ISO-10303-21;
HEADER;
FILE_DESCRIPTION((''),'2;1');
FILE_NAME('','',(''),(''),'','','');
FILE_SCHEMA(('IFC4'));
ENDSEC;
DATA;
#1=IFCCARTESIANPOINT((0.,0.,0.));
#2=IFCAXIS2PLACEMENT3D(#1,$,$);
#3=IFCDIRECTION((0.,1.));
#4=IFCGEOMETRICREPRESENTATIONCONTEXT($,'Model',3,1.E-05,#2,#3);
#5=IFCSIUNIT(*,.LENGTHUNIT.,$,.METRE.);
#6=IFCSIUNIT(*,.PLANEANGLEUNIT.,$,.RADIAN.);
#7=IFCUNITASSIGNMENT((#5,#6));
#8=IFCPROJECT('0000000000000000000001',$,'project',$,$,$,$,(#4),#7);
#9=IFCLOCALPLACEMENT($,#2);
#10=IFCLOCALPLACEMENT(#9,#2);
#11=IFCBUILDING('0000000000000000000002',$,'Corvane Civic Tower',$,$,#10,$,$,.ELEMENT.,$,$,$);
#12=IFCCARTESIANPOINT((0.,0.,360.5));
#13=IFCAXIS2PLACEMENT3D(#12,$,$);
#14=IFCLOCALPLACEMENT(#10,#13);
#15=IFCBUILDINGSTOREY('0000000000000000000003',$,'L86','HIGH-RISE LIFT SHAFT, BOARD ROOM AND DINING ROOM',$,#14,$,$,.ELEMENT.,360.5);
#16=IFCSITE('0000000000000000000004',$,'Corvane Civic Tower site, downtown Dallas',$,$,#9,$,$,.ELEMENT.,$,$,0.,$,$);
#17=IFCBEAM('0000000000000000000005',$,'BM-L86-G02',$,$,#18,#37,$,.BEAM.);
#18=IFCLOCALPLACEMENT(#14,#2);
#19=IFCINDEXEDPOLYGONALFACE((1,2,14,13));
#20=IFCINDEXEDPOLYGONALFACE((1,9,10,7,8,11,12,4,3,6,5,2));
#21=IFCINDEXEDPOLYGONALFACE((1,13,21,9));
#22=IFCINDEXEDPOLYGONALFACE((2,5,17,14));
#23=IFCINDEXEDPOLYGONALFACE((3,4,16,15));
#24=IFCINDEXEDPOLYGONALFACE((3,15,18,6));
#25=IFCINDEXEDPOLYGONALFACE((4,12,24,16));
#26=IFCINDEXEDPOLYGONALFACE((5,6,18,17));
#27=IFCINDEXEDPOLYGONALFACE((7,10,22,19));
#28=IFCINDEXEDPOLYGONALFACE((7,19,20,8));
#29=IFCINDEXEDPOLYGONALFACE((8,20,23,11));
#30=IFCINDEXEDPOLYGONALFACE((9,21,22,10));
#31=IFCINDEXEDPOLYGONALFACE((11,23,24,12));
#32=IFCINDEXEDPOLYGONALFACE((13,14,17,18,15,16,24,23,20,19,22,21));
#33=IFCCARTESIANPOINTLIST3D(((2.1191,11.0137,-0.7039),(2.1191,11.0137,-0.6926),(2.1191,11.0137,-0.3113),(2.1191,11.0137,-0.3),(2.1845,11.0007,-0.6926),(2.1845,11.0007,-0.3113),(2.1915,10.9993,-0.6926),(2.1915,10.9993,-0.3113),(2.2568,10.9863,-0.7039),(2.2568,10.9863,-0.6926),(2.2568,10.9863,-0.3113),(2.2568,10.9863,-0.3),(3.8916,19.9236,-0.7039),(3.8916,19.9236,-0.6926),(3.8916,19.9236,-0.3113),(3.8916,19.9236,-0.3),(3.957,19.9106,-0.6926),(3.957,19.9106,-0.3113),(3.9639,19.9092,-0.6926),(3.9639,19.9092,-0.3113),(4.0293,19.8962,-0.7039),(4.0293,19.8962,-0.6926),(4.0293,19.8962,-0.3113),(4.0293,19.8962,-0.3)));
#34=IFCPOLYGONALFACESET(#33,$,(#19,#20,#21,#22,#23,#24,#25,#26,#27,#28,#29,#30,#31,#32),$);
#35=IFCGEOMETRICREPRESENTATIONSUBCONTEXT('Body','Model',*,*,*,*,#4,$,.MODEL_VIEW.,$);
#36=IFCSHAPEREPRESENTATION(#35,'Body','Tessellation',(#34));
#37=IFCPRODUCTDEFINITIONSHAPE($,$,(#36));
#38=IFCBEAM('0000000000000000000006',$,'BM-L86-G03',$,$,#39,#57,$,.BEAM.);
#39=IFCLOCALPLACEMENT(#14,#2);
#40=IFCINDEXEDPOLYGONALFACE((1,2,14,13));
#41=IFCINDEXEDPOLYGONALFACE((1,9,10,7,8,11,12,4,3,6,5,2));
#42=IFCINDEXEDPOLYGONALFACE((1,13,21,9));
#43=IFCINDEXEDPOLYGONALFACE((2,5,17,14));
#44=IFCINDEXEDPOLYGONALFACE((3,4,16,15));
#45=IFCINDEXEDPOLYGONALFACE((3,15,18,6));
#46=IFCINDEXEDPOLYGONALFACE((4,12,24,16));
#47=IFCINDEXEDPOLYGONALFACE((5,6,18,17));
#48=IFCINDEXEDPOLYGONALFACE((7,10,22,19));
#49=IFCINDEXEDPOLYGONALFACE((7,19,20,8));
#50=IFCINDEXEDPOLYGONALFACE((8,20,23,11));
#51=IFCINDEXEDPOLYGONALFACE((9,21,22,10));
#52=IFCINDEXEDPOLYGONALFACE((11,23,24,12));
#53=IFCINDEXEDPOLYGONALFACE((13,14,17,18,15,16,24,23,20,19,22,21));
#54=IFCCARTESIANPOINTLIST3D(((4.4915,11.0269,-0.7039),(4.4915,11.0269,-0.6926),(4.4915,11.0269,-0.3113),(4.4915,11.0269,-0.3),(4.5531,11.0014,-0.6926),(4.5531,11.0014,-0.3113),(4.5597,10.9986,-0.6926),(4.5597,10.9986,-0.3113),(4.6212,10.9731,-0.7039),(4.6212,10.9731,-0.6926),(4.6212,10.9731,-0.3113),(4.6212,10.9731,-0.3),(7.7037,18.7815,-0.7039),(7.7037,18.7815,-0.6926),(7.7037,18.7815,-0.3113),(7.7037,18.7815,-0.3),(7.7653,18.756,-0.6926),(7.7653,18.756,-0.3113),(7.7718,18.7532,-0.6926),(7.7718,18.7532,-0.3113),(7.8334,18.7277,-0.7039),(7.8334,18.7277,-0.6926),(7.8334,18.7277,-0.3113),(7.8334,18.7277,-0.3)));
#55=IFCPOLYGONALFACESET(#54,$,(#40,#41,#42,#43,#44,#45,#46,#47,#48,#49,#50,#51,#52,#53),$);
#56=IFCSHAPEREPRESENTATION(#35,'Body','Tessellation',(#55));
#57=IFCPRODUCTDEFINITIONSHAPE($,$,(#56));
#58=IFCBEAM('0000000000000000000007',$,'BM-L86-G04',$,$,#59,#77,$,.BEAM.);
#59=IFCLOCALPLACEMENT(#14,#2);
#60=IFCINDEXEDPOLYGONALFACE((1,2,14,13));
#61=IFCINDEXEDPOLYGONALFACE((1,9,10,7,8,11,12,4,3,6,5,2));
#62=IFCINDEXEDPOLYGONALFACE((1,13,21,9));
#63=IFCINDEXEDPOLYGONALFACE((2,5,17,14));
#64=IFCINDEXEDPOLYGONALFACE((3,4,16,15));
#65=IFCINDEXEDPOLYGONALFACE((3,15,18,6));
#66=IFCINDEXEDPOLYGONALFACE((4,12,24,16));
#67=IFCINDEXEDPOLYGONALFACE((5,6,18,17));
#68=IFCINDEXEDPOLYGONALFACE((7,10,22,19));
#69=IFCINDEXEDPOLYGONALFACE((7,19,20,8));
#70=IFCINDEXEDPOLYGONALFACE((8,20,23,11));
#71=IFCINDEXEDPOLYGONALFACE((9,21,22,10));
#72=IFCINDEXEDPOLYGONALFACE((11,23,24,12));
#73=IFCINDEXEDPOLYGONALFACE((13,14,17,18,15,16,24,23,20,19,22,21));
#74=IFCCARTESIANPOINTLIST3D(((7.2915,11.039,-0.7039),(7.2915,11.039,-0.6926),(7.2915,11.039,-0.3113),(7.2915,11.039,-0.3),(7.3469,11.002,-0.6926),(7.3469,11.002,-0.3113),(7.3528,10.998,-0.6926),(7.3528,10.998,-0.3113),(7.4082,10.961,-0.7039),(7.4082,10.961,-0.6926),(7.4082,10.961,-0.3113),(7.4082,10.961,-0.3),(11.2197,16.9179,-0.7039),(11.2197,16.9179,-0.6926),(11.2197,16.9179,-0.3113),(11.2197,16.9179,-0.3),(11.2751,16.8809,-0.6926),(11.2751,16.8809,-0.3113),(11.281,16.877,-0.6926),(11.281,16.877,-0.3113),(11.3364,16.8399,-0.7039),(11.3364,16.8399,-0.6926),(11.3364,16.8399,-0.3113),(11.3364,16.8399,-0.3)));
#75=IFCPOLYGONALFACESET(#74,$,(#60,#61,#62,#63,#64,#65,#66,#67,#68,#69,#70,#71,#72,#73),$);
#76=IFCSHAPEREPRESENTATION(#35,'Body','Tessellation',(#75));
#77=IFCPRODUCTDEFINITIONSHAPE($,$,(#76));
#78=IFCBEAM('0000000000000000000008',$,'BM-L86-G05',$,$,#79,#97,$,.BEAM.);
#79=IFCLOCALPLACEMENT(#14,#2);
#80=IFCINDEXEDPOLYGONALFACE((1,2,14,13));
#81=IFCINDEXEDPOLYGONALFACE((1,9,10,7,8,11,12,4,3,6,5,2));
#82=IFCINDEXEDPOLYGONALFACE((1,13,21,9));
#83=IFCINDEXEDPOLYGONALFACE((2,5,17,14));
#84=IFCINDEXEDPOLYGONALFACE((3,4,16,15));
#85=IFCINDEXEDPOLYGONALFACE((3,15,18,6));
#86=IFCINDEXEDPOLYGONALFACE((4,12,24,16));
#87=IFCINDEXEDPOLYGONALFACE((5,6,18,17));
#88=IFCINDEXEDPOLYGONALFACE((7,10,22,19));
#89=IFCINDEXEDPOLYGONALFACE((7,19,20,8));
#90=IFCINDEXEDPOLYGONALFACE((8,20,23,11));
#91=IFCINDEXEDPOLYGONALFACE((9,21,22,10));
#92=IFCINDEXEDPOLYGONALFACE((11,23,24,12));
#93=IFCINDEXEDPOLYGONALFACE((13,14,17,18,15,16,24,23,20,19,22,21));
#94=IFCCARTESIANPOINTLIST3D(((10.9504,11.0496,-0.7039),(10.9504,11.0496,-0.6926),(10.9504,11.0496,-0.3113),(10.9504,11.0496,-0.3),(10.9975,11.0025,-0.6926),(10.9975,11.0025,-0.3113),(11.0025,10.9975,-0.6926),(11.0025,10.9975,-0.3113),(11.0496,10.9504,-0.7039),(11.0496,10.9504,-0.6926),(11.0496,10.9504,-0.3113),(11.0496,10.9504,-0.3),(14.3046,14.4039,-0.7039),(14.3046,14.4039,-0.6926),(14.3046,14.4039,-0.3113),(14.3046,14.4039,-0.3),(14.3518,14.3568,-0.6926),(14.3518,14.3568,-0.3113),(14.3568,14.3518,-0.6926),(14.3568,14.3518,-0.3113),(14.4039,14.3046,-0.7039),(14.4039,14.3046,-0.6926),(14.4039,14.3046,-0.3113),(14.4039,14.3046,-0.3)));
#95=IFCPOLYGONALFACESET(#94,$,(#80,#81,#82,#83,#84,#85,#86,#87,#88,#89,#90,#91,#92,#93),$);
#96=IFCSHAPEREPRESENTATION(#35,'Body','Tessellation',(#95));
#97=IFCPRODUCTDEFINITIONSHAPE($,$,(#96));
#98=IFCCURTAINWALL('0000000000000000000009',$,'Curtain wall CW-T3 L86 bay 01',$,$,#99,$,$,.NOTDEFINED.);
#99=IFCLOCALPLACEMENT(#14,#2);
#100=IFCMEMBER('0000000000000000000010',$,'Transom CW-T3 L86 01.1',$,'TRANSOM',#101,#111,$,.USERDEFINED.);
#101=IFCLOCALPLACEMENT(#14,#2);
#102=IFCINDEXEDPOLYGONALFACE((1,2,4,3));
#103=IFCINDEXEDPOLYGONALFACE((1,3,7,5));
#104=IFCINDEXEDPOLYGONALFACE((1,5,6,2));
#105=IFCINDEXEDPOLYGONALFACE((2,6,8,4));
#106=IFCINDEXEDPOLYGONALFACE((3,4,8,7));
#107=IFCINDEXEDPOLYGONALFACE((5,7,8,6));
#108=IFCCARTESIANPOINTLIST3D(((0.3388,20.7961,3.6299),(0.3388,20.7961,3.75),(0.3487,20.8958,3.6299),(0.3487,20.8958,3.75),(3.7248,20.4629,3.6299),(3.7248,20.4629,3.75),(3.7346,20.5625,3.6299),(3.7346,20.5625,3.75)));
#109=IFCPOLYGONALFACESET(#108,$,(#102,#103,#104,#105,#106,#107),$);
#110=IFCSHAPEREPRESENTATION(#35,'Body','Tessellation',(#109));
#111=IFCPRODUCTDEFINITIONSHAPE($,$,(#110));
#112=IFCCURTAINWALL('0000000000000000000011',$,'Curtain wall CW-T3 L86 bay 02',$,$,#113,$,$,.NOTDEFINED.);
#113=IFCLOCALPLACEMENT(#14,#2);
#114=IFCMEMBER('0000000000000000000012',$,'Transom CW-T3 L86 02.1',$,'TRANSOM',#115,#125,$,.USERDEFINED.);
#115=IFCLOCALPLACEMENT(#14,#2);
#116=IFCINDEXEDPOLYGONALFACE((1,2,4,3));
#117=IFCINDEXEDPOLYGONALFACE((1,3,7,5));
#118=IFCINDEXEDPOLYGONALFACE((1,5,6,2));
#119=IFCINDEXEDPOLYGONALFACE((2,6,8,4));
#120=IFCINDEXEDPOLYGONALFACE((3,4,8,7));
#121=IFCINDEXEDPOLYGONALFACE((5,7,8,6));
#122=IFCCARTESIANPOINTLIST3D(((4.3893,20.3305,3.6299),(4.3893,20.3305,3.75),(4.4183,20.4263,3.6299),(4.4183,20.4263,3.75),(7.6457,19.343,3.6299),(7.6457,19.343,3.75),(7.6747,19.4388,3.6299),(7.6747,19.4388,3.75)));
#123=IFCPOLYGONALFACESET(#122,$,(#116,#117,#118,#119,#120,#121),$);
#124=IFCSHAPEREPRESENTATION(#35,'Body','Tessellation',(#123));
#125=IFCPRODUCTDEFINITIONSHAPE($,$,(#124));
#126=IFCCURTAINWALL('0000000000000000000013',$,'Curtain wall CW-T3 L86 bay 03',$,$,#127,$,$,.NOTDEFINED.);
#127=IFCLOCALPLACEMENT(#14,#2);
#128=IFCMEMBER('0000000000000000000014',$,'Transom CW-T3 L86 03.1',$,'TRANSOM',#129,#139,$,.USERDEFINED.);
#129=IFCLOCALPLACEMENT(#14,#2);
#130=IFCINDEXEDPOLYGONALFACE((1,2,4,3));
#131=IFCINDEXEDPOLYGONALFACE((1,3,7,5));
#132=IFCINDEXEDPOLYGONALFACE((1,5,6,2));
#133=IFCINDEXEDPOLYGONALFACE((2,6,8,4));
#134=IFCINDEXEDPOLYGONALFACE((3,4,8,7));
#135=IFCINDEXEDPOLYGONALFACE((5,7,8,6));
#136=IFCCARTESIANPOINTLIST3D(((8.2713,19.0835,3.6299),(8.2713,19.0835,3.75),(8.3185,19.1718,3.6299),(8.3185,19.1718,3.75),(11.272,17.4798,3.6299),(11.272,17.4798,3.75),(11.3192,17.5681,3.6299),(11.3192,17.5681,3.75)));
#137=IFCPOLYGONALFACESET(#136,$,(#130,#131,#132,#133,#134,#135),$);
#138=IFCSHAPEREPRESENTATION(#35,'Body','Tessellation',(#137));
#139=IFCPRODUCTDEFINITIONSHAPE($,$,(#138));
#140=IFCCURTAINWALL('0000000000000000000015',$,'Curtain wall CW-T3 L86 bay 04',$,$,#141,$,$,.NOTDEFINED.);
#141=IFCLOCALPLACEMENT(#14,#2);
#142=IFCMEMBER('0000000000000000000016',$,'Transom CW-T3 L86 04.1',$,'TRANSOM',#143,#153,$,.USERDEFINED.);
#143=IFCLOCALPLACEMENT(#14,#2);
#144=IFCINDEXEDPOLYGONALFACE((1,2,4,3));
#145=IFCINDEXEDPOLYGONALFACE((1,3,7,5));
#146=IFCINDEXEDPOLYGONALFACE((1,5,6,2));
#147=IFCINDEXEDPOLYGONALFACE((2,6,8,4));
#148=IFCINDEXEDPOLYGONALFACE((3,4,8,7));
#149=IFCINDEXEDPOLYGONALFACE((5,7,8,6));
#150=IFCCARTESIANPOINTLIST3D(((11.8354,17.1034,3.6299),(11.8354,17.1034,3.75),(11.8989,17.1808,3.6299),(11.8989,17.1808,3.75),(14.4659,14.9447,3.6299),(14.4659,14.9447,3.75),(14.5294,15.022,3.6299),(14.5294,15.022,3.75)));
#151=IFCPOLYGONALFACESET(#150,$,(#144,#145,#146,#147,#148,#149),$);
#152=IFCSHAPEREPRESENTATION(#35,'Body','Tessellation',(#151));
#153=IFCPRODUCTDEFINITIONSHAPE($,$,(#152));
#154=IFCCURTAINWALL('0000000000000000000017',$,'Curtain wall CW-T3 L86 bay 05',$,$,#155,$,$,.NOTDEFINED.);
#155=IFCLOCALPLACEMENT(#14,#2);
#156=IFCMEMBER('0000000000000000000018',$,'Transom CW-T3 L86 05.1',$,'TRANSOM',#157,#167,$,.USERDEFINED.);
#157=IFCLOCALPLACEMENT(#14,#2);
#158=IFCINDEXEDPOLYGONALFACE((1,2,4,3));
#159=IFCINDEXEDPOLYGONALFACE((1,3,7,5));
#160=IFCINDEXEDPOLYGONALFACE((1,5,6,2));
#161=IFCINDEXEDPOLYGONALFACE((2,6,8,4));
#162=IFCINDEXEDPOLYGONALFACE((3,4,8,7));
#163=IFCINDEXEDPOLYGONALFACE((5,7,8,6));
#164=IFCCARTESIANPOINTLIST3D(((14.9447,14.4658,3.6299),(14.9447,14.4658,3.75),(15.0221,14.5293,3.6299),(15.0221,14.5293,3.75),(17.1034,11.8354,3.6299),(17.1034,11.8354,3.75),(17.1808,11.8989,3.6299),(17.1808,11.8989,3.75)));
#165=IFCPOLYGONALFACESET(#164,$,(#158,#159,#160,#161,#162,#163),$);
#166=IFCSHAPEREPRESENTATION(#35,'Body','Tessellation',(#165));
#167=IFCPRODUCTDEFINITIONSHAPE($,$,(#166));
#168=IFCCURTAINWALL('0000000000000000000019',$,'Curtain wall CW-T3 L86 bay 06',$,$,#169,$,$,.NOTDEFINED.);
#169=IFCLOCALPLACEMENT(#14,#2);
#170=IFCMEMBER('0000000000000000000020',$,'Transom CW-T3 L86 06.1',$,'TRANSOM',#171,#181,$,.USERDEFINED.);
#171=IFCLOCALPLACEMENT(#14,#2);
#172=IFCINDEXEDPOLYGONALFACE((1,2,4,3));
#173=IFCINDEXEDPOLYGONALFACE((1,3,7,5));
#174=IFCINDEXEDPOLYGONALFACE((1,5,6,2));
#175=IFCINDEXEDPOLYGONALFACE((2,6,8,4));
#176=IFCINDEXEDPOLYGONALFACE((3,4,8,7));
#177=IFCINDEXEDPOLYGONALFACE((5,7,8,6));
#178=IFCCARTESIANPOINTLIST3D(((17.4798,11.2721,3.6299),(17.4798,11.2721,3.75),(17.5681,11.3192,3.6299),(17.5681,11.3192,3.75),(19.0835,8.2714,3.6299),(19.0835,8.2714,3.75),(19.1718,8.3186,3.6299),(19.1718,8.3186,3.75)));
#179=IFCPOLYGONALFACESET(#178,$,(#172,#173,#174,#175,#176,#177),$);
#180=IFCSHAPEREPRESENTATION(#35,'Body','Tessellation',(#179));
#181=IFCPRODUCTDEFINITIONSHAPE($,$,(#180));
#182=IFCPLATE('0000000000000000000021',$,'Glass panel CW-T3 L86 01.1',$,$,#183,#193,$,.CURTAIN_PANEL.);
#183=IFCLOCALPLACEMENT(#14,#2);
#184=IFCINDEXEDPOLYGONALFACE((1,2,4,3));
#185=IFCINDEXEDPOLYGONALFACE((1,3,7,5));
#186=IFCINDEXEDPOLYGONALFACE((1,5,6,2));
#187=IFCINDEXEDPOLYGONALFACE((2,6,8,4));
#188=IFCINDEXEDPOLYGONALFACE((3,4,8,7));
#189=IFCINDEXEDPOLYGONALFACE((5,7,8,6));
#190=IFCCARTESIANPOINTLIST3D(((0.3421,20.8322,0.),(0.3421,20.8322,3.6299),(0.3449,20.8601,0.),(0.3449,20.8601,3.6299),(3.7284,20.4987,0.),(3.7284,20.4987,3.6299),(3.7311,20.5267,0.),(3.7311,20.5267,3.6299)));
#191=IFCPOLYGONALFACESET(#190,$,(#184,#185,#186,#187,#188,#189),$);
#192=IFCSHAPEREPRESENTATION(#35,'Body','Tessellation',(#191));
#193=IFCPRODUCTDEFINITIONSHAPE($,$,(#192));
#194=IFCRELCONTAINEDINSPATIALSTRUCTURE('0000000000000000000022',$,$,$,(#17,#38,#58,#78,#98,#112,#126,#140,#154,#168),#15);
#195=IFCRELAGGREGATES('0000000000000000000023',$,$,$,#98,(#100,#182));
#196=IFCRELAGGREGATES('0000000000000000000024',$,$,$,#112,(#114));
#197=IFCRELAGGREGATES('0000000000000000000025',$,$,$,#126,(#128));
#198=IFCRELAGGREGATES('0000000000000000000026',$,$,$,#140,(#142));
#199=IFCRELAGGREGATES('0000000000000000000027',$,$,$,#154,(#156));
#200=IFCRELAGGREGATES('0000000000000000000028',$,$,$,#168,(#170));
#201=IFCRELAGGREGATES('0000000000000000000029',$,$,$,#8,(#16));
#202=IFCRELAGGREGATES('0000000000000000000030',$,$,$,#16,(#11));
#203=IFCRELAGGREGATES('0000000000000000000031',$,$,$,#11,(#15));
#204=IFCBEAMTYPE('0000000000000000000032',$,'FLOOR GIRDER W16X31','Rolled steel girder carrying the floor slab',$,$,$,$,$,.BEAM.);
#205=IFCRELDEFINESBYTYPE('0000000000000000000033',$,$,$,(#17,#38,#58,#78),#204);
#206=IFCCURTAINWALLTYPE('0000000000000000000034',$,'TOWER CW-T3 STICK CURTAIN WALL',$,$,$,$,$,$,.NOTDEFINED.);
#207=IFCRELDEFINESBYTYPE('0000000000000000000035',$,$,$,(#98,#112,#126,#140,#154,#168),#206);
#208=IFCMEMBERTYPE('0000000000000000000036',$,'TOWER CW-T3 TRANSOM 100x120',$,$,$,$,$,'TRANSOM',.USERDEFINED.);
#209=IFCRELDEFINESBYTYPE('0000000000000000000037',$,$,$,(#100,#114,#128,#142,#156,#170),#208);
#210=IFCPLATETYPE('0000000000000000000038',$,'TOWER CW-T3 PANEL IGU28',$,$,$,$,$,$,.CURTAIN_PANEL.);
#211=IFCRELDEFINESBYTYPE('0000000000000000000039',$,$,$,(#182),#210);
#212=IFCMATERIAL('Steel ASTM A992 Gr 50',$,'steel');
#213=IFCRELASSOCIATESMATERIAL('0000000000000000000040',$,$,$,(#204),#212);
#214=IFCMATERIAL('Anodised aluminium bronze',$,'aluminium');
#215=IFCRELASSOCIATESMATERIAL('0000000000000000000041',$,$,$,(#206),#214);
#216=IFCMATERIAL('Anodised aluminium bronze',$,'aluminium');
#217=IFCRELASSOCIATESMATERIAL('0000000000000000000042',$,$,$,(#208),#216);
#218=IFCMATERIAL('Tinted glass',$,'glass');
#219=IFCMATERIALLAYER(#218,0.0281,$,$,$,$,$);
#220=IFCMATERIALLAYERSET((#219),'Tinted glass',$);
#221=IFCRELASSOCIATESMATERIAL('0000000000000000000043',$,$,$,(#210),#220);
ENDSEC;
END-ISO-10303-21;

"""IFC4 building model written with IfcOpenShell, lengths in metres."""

from ifc_helpers import new_model, si_unit, direction, frame, origin, origin_2d, place, context, subcontext, project, spatial, rectangle, i_section, extrude, material, layer, layer_set, material_profile, profile_set, type_object, element, aggregate, save


model = new_model("IFC4")

# Units and contexts
model_context = context("Model", 3, precision=1e-05, world=origin(), true_north=direction((0.0, 1.0)))
body_context = subcontext(model_context, "Body", "Model", "MODEL_VIEW")
ifc_project = project(units=[si_unit("LENGTHUNIT", "METRE"), si_unit("PLANEANGLEUNIT", "RADIAN")], contexts=[model_context])

# Site, building, storey
site_placement = place(None, origin())
site = spatial("IfcSite", under=ifc_project, at=site_placement, Name="Corvane Civic Tower site, downtown Dallas", CompositionType="ELEMENT", RefElevation=0.0)
building_placement = place(site_placement, origin())
building = spatial("IfcBuilding", under=site, at=building_placement, Name="Corvane Civic Tower", CompositionType="ELEMENT")
storey_placement = place(building_placement, frame((0.0, 0.0, 360.5)))
storey = spatial("IfcBuildingStorey", under=building, at=storey_placement, Name="L86", Description="HIGH-RISE LIFT SHAFT, BOARD ROOM AND DINING ROOM", CompositionType="ELEMENT", Elevation=360.5)

# Beams
ifc_material_1 = material(Name="Steel ASTM A992 Gr 50", Category="steel")
ifc_material_profile_1 = material_profile(ifc_material_1, i_section(OverallWidth=0.1404, OverallDepth=0.4038, WebThickness=0.0071, FlangeThickness=0.0112, at=origin_2d()), Name="W16X31")
ifc_profile_set_1 = profile_set([ifc_material_profile_1], Name="Steel ASTM A992 Gr 50")
beam_type_1 = type_object("IfcBeamType", Name="FLOOR GIRDER W16X31", Description="Rolled steel girder carrying the floor slab", PredefinedType="BEAM", material=ifc_profile_set_1)
beam_1_placement = place(storey_placement, frame((2.188, 11.0, -0.502), z_axis=(0.195108, 0.980782, 0.0), x_axis=(-0.980782, 0.195108, 0.0)))
element("IfcBeam", 1, at=beam_1_placement, inside=storey, type_object=beam_type_1, Name="BM-L86-G02", PredefinedType="BEAM", context=body_context, shape_type="SweptSolid", body=[
    extrude(i_section(OverallWidth=0.1404, OverallDepth=0.4038, WebThickness=0.0071, FlangeThickness=0.0112, at=origin_2d()), origin(), (0.0, 0.0, 1.0), 9.0845),
])
beam_2_placement = place(storey_placement, frame((4.5564, 11.0, -0.502), z_axis=(0.382692, 0.923876, 0.0), x_axis=(-0.923876, 0.382692, 0.0)))
element("IfcBeam", 2, at=beam_2_placement, inside=storey, type_object=beam_type_1, Name="BM-L86-G03", PredefinedType="BEAM", context=body_context, shape_type="SweptSolid", body=[
    extrude(i_section(OverallWidth=0.1404, OverallDepth=0.4038, WebThickness=0.0071, FlangeThickness=0.0112, at=origin_2d()), origin(), (0.0, 0.0, 1.0), 8.3936),
])
beam_3_placement = place(storey_placement, frame((7.3499, 11.0, -0.502), z_axis=(0.555576, 0.831465, 0.0), x_axis=(-0.831465, 0.555576, 0.0)))
element("IfcBeam", 3, at=beam_3_placement, inside=storey, type_object=beam_type_1, Name="BM-L86-G04", PredefinedType="BEAM", context=body_context, shape_type="SweptSolid", body=[
    extrude(i_section(OverallWidth=0.1404, OverallDepth=0.4038, WebThickness=0.0071, FlangeThickness=0.0112, at=origin_2d()), origin(), (0.0, 0.0, 1.0), 7.0706),
])
beam_4_placement = place(storey_placement, frame((11.0, 11.0, -0.502), z_axis=(0.707107, 0.707107, 0.0), x_axis=(-0.707107, 0.707107, 0.0)))
element("IfcBeam", 4, at=beam_4_placement, inside=storey, type_object=beam_type_1, Name="BM-L86-G05", PredefinedType="BEAM", context=body_context, shape_type="SweptSolid", body=[
    extrude(i_section(OverallWidth=0.1404, OverallDepth=0.4038, WebThickness=0.0071, FlangeThickness=0.0112, at=origin_2d()), origin(), (0.0, 0.0, 1.0), 4.7437),
])

# Curtain walls, members
ifc_material_2 = material(Name="Anodised aluminium bronze", Category="aluminium")
curtain_wall_type = type_object("IfcCurtainWallType", Name="TOWER CW-T3 STICK CURTAIN WALL", PredefinedType="NOTDEFINED", material=ifc_material_2)
curtain_wall_1_placement = place(storey_placement, origin())
curtain_wall_1 = element("IfcCurtainWall", 5, at=curtain_wall_1_placement, inside=storey, type_object=curtain_wall_type, Name="Curtain wall CW-T3 L86 bay 01", PredefinedType="NOTDEFINED")
ifc_material_3 = material(Name="Anodised aluminium bronze", Category="aluminium")
ifc_material_profile_2 = material_profile(ifc_material_3, rectangle(XDim=0.1001, YDim=0.1201, at=origin_2d()), Name="TOWER CW-T3 TRANSOM 100x120")
ifc_profile_set_2 = profile_set([ifc_material_profile_2], Name="Anodised aluminium bronze")
member_type = type_object("IfcMemberType", Name="TOWER CW-T3 TRANSOM 100x120", ElementType="TRANSOM", PredefinedType="USERDEFINED", material=ifc_profile_set_2)
member_1_placement = place(storey_placement, frame((0.3438, 20.8459, 3.6899), z_axis=(0.995192, -0.097948, 0.0), x_axis=(0.097948, 0.995192, 0.0)))
member_1 = element("IfcMember", 6, at=member_1_placement, type_object=member_type, Name="Transom CW-T3 L86 01.1", ObjectType="TRANSOM", PredefinedType="USERDEFINED", context=body_context, shape_type="SweptSolid", body=[
    extrude(rectangle(XDim=0.1001, YDim=0.1201, at=origin_2d()), origin(), (0.0, 0.0, 1.0), 3.4023),
])
curtain_wall_2_placement = place(storey_placement, origin())
curtain_wall_2 = element("IfcCurtainWall", 7, at=curtain_wall_2_placement, inside=storey, type_object=curtain_wall_type, Name="Curtain wall CW-T3 L86 bay 02", PredefinedType="NOTDEFINED")
member_2_placement = place(storey_placement, frame((4.4038, 20.3784, 3.6899), z_axis=(0.956961, -0.290216, 0.0), x_axis=(0.290216, 0.956961, 0.0)))
member_2 = element("IfcMember", 8, at=member_2_placement, type_object=member_type, Name="Transom CW-T3 L86 02.1", ObjectType="TRANSOM", PredefinedType="USERDEFINED", context=body_context, shape_type="SweptSolid", body=[
    extrude(rectangle(XDim=0.1001, YDim=0.1201, at=origin_2d()), origin(), (0.0, 0.0, 1.0), 3.4028),
])
curtain_wall_3_placement = place(storey_placement, origin())
curtain_wall_3 = element("IfcCurtainWall", 9, at=curtain_wall_3_placement, inside=storey, type_object=curtain_wall_type, Name="Curtain wall CW-T3 L86 bay 03", PredefinedType="NOTDEFINED")
member_3_placement = place(storey_placement, frame((8.2949, 19.1277, 3.6899), z_axis=(0.881941, -0.471359, 0.0), x_axis=(0.471359, 0.881941, 0.0)))
member_3 = element("IfcMember", 10, at=member_3_placement, type_object=member_type, Name="Transom CW-T3 L86 03.1", ObjectType="TRANSOM", PredefinedType="USERDEFINED", context=body_context, shape_type="SweptSolid", body=[
    extrude(rectangle(XDim=0.1001, YDim=0.1201, at=origin_2d()), origin(), (0.0, 0.0, 1.0), 3.4023),
])
curtain_wall_4_placement = place(storey_placement, origin())
curtain_wall_4 = element("IfcCurtainWall", 11, at=curtain_wall_4_placement, inside=storey, type_object=curtain_wall_type, Name="Curtain wall CW-T3 L86 bay 04", PredefinedType="NOTDEFINED")
member_4_placement = place(storey_placement, frame((11.8672, 17.1421, 3.6899), z_axis=(0.77301, -0.634394, 0.0), x_axis=(0.634394, 0.77301, 0.0)))
member_4 = element("IfcMember", 12, at=member_4_placement, type_object=member_type, Name="Transom CW-T3 L86 04.1", ObjectType="TRANSOM", PredefinedType="USERDEFINED", context=body_context, shape_type="SweptSolid", body=[
    extrude(rectangle(XDim=0.1001, YDim=0.1201, at=origin_2d()), origin(), (0.0, 0.0, 1.0), 3.4028),
])
curtain_wall_5_placement = place(storey_placement, origin())
curtain_wall_5 = element("IfcCurtainWall", 13, at=curtain_wall_5_placement, inside=storey, type_object=curtain_wall_type, Name="Curtain wall CW-T3 L86 bay 05", PredefinedType="NOTDEFINED")
member_5_placement = place(storey_placement, frame((14.9834, 14.4976, 3.6899), z_axis=(0.634394, -0.77301, 0.0), x_axis=(0.77301, 0.634394, 0.0)))
member_5 = element("IfcMember", 14, at=member_5_placement, type_object=member_type, Name="Transom CW-T3 L86 05.1", ObjectType="TRANSOM", PredefinedType="USERDEFINED", context=body_context, shape_type="SweptSolid", body=[
    extrude(rectangle(XDim=0.1001, YDim=0.1201, at=origin_2d()), origin(), (0.0, 0.0, 1.0), 3.4028),
])
curtain_wall_6_placement = place(storey_placement, origin())
curtain_wall_6 = element("IfcCurtainWall", 15, at=curtain_wall_6_placement, inside=storey, type_object=curtain_wall_type, Name="Curtain wall CW-T3 L86 bay 06", PredefinedType="NOTDEFINED")
member_6_placement = place(storey_placement, frame((17.5239, 11.2957, 3.6899), z_axis=(0.471359, -0.881941, 0.0), x_axis=(0.881941, 0.471359, 0.0)))
member_6 = element("IfcMember", 16, at=member_6_placement, type_object=member_type, Name="Transom CW-T3 L86 06.1", ObjectType="TRANSOM", PredefinedType="USERDEFINED", context=body_context, shape_type="SweptSolid", body=[
    extrude(rectangle(XDim=0.1001, YDim=0.1201, at=origin_2d()), origin(), (0.0, 0.0, 1.0), 3.4023),
])

# Plate
ifc_material_4 = material(Name="Tinted glass", Category="glass")
ifc_layer_1 = layer(ifc_material_4, 0.0281)
ifc_layer_set_1 = layer_set([ifc_layer_1], Name="Tinted glass")
plate_type = type_object("IfcPlateType", Name="TOWER CW-T3 PANEL IGU28", PredefinedType="CURTAIN_PANEL", material=ifc_layer_set_1)
plate_1_placement = place(storey_placement, frame((2.0366, 20.6794, 0.0), z_axis=(0.0, 0.0, 1.0), x_axis=(0.995187, -0.097998, 0.0)))
plate_1 = element("IfcPlate", 17, at=plate_1_placement, type_object=plate_type, Name="Glass panel CW-T3 L86 01.1", PredefinedType="CURTAIN_PANEL", context=body_context, shape_type="SweptSolid", body=[
    extrude(rectangle(XDim=3.4026, YDim=0.0281, at=origin_2d()), origin(), (0.0, 0.0, 1.0), 3.6299),
])
aggregate(curtain_wall_1, [member_1, plate_1])
aggregate(curtain_wall_2, [member_2])
aggregate(curtain_wall_3, [member_3])
aggregate(curtain_wall_4, [member_4])
aggregate(curtain_wall_5, [member_5])
aggregate(curtain_wall_6, [member_6])

save(model, "model.ifc")
